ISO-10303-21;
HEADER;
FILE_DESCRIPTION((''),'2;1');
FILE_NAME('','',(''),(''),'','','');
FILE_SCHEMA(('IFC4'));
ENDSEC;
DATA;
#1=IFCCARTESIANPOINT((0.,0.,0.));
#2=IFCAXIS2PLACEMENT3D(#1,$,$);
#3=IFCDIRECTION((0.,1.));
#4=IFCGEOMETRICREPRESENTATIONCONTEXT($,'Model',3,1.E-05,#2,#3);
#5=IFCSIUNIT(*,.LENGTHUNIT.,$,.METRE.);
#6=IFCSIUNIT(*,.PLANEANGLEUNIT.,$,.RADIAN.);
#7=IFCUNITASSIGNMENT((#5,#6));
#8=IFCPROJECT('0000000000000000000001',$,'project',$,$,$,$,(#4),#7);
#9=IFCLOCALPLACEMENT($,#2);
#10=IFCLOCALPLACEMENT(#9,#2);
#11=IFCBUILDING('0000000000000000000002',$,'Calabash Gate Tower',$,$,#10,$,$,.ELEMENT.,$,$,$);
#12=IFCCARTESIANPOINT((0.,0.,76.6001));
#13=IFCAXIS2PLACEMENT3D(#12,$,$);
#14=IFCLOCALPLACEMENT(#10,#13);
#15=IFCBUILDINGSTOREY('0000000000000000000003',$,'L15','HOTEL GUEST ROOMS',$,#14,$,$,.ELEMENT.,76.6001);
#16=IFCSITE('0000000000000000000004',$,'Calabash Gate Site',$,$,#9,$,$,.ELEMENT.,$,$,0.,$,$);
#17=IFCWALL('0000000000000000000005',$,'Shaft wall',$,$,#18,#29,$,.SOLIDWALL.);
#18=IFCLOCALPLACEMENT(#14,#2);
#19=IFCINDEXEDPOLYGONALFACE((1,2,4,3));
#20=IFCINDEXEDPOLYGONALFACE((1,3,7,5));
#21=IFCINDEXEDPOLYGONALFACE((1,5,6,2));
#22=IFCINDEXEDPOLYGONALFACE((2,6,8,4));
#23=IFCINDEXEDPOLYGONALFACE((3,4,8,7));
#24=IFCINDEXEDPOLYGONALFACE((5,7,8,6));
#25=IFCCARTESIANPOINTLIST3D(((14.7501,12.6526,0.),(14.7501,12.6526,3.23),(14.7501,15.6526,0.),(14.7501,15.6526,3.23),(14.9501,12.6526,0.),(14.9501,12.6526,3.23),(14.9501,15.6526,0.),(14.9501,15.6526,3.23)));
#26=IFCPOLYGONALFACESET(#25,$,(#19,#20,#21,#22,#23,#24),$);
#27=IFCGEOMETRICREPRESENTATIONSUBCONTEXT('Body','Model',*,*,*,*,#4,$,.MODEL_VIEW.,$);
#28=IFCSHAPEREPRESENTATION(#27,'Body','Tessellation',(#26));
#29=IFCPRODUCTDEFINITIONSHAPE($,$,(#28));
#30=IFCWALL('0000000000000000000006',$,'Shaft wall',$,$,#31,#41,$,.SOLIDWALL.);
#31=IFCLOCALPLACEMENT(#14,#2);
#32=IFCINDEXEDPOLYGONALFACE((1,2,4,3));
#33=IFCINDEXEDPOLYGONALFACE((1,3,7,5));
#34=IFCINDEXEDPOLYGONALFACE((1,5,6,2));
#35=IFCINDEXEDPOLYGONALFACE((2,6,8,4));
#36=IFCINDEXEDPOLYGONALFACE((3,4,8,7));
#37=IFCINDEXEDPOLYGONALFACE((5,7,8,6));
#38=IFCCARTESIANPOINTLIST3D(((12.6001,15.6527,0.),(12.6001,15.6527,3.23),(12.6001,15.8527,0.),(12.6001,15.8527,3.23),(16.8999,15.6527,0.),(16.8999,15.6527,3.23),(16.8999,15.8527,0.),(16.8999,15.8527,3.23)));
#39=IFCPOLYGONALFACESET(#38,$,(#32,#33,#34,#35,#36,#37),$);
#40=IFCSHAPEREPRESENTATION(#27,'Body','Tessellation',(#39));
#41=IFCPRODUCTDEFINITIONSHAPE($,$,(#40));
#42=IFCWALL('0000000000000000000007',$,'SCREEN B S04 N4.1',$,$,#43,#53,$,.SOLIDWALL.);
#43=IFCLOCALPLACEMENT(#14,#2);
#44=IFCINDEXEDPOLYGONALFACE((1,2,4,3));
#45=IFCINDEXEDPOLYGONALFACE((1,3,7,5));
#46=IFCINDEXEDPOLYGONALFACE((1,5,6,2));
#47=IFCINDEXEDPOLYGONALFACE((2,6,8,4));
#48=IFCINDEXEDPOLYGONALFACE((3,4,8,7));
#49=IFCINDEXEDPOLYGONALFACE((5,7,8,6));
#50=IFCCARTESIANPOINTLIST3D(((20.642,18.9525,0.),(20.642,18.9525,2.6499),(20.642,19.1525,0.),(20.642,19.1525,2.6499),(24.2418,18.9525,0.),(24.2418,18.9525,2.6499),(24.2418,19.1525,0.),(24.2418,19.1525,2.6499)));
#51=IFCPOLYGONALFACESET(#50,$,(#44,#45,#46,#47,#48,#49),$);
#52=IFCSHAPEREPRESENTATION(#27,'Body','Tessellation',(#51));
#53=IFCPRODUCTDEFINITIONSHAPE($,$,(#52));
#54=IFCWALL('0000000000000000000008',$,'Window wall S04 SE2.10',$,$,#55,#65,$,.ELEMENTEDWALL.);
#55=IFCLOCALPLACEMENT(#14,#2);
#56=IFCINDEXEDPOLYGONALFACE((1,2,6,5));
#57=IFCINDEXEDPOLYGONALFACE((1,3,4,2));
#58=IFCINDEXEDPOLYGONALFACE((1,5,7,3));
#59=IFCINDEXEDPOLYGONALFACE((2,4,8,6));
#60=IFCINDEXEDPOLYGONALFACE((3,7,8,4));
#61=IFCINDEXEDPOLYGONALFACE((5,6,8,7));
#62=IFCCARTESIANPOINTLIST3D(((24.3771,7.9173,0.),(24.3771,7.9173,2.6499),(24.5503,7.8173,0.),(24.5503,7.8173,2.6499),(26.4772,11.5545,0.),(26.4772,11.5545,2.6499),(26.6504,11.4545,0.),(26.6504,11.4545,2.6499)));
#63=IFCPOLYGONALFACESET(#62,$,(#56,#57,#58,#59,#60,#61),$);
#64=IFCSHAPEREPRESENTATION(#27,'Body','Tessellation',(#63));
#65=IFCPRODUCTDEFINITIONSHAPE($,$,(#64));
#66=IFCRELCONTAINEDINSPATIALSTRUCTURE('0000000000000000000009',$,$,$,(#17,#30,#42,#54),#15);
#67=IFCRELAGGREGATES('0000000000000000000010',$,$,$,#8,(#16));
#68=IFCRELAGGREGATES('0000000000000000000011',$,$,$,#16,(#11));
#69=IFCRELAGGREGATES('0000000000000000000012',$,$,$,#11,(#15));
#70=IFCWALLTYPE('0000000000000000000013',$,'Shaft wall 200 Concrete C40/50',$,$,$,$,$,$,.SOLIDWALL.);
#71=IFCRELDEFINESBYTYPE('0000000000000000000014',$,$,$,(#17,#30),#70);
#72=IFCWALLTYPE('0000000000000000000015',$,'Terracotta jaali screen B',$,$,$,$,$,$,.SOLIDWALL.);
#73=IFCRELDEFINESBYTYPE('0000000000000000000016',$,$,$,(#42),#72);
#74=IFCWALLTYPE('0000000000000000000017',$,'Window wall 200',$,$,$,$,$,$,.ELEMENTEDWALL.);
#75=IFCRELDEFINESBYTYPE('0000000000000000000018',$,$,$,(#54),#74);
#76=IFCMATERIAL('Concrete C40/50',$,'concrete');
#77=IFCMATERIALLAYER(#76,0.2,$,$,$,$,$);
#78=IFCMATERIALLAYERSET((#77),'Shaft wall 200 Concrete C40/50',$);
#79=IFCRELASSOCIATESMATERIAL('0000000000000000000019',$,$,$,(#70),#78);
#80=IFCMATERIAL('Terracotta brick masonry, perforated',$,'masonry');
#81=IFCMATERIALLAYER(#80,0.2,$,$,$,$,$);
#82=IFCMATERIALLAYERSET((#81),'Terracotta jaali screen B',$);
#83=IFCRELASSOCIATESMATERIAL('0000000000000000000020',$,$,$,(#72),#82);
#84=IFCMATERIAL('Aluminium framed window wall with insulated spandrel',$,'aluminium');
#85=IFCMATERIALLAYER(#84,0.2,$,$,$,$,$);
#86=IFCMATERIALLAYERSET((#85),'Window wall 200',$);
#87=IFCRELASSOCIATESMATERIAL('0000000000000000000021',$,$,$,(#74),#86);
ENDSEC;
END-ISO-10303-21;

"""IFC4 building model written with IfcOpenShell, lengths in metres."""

from ifc_helpers import new_model, si_unit, direction, frame, frame_2d, origin, place, context, subcontext, project, spatial, rectangle, extrude, material, layer, layer_set, type_object, element, save


model = new_model("IFC4")

# Units and contexts
model_context = context("Model", 3, precision=1e-05, world=origin(), true_north=direction((0.0, 1.0)))
body_context = subcontext(model_context, "Body", "Model", "MODEL_VIEW")
ifc_project = project(units=[si_unit("LENGTHUNIT", "METRE"), si_unit("PLANEANGLEUNIT", "RADIAN")], contexts=[model_context])

# Site, building, storey
site_placement = place(None, origin())
site = spatial("IfcSite", under=ifc_project, at=site_placement, Name="Calabash Gate Site", CompositionType="ELEMENT", RefElevation=0.0)
building_placement = place(site_placement, origin())
building = spatial("IfcBuilding", under=site, at=building_placement, Name="Calabash Gate Tower", CompositionType="ELEMENT")
storey_placement = place(building_placement, frame((0.0, 0.0, 76.6001)))
storey = spatial("IfcBuildingStorey", under=building, at=storey_placement, Name="L15", Description="HOTEL GUEST ROOMS", CompositionType="ELEMENT", Elevation=76.6001)

# Shared definitions
ifc_material_1 = material(Name="Concrete C40/50", Category="concrete")
ifc_layer_1 = layer(ifc_material_1, 0.2)
ifc_layer_set_1 = layer_set([ifc_layer_1], Name="Shaft wall 200 Concrete C40/50")
wall_type_1 = type_object("IfcWallType", Name="Shaft wall 200 Concrete C40/50", PredefinedType="SOLIDWALL", material=ifc_layer_set_1)

# Walls
wall_1_placement = place(storey_placement, frame((14.8501, 12.6526, 0.0), z_axis=(0.0, 0.0, 1.0), x_axis=(0.0, 1.0, 0.0)))
element("IfcWall", 1, at=wall_1_placement, inside=storey, type_object=wall_type_1, Name="Shaft wall", PredefinedType="SOLIDWALL", context=body_context, shape_type="SweptSolid", body=[
    extrude(rectangle(XDim=3.0, YDim=0.2, at=frame_2d((1.5, 0.0))), origin(), (0.0, 0.0, 1.0), 3.23),
])
wall_2_placement = place(storey_placement, frame((12.6001, 15.7527, 0.0), z_axis=(0.0, 0.0, 1.0), x_axis=(1.0, 0.0, 0.0)))
element("IfcWall", 2, at=wall_2_placement, inside=storey, type_object=wall_type_1, Name="Shaft wall", PredefinedType="SOLIDWALL", context=body_context, shape_type="SweptSolid", body=[
    extrude(rectangle(XDim=4.2998, YDim=0.2, at=frame_2d((2.1499, 0.0))), origin(), (0.0, 0.0, 1.0), 3.23),
])
ifc_material_2 = material(Name="Terracotta brick masonry, perforated", Category="masonry")
ifc_layer_2 = layer(ifc_material_2, 0.2)
ifc_layer_set_2 = layer_set([ifc_layer_2], Name="Terracotta jaali screen B")
wall_type_2 = type_object("IfcWallType", Name="Terracotta jaali screen B", PredefinedType="SOLIDWALL", material=ifc_layer_set_2)
wall_3_placement = place(storey_placement, frame((24.2417, 19.0525, 0.0), z_axis=(0.0, 0.0, 1.0), x_axis=(-1.0, 0.0, 0.0)))
element("IfcWall", 3, at=wall_3_placement, inside=storey, type_object=wall_type_2, Name="SCREEN B S04 N4.1", PredefinedType="SOLIDWALL", context=body_context, shape_type="SweptSolid", body=[
    extrude(rectangle(XDim=3.5999, YDim=0.2, at=frame_2d((1.7998, 0.0))), origin(), (0.0, 0.0, 1.0), 2.6499),
])
ifc_material_3 = material(Name="Aluminium framed window wall with insulated spandrel", Category="aluminium")
ifc_layer_3 = layer(ifc_material_3, 0.2)
ifc_layer_set_3 = layer_set([ifc_layer_3], Name="Window wall 200")
wall_type_3 = type_object("IfcWallType", Name="Window wall 200", PredefinedType="ELEMENTEDWALL", material=ifc_layer_set_3)
wall_4_placement = place(storey_placement, frame((24.4636, 7.8672, 0.0), z_axis=(0.0, 0.0, 1.0), x_axis=(0.500028, 0.866009, 0.0)))
element("IfcWall", 4, at=wall_4_placement, inside=storey, type_object=wall_type_3, Name="Window wall S04 SE2.10", PredefinedType="ELEMENTEDWALL", context=body_context, shape_type="SweptSolid", body=[
    extrude(rectangle(XDim=4.2, YDim=0.2, at=frame_2d((2.1001, 0.0))), origin(), (0.0, 0.0, 1.0), 2.6499),
])

save(model, "model.ifc")
